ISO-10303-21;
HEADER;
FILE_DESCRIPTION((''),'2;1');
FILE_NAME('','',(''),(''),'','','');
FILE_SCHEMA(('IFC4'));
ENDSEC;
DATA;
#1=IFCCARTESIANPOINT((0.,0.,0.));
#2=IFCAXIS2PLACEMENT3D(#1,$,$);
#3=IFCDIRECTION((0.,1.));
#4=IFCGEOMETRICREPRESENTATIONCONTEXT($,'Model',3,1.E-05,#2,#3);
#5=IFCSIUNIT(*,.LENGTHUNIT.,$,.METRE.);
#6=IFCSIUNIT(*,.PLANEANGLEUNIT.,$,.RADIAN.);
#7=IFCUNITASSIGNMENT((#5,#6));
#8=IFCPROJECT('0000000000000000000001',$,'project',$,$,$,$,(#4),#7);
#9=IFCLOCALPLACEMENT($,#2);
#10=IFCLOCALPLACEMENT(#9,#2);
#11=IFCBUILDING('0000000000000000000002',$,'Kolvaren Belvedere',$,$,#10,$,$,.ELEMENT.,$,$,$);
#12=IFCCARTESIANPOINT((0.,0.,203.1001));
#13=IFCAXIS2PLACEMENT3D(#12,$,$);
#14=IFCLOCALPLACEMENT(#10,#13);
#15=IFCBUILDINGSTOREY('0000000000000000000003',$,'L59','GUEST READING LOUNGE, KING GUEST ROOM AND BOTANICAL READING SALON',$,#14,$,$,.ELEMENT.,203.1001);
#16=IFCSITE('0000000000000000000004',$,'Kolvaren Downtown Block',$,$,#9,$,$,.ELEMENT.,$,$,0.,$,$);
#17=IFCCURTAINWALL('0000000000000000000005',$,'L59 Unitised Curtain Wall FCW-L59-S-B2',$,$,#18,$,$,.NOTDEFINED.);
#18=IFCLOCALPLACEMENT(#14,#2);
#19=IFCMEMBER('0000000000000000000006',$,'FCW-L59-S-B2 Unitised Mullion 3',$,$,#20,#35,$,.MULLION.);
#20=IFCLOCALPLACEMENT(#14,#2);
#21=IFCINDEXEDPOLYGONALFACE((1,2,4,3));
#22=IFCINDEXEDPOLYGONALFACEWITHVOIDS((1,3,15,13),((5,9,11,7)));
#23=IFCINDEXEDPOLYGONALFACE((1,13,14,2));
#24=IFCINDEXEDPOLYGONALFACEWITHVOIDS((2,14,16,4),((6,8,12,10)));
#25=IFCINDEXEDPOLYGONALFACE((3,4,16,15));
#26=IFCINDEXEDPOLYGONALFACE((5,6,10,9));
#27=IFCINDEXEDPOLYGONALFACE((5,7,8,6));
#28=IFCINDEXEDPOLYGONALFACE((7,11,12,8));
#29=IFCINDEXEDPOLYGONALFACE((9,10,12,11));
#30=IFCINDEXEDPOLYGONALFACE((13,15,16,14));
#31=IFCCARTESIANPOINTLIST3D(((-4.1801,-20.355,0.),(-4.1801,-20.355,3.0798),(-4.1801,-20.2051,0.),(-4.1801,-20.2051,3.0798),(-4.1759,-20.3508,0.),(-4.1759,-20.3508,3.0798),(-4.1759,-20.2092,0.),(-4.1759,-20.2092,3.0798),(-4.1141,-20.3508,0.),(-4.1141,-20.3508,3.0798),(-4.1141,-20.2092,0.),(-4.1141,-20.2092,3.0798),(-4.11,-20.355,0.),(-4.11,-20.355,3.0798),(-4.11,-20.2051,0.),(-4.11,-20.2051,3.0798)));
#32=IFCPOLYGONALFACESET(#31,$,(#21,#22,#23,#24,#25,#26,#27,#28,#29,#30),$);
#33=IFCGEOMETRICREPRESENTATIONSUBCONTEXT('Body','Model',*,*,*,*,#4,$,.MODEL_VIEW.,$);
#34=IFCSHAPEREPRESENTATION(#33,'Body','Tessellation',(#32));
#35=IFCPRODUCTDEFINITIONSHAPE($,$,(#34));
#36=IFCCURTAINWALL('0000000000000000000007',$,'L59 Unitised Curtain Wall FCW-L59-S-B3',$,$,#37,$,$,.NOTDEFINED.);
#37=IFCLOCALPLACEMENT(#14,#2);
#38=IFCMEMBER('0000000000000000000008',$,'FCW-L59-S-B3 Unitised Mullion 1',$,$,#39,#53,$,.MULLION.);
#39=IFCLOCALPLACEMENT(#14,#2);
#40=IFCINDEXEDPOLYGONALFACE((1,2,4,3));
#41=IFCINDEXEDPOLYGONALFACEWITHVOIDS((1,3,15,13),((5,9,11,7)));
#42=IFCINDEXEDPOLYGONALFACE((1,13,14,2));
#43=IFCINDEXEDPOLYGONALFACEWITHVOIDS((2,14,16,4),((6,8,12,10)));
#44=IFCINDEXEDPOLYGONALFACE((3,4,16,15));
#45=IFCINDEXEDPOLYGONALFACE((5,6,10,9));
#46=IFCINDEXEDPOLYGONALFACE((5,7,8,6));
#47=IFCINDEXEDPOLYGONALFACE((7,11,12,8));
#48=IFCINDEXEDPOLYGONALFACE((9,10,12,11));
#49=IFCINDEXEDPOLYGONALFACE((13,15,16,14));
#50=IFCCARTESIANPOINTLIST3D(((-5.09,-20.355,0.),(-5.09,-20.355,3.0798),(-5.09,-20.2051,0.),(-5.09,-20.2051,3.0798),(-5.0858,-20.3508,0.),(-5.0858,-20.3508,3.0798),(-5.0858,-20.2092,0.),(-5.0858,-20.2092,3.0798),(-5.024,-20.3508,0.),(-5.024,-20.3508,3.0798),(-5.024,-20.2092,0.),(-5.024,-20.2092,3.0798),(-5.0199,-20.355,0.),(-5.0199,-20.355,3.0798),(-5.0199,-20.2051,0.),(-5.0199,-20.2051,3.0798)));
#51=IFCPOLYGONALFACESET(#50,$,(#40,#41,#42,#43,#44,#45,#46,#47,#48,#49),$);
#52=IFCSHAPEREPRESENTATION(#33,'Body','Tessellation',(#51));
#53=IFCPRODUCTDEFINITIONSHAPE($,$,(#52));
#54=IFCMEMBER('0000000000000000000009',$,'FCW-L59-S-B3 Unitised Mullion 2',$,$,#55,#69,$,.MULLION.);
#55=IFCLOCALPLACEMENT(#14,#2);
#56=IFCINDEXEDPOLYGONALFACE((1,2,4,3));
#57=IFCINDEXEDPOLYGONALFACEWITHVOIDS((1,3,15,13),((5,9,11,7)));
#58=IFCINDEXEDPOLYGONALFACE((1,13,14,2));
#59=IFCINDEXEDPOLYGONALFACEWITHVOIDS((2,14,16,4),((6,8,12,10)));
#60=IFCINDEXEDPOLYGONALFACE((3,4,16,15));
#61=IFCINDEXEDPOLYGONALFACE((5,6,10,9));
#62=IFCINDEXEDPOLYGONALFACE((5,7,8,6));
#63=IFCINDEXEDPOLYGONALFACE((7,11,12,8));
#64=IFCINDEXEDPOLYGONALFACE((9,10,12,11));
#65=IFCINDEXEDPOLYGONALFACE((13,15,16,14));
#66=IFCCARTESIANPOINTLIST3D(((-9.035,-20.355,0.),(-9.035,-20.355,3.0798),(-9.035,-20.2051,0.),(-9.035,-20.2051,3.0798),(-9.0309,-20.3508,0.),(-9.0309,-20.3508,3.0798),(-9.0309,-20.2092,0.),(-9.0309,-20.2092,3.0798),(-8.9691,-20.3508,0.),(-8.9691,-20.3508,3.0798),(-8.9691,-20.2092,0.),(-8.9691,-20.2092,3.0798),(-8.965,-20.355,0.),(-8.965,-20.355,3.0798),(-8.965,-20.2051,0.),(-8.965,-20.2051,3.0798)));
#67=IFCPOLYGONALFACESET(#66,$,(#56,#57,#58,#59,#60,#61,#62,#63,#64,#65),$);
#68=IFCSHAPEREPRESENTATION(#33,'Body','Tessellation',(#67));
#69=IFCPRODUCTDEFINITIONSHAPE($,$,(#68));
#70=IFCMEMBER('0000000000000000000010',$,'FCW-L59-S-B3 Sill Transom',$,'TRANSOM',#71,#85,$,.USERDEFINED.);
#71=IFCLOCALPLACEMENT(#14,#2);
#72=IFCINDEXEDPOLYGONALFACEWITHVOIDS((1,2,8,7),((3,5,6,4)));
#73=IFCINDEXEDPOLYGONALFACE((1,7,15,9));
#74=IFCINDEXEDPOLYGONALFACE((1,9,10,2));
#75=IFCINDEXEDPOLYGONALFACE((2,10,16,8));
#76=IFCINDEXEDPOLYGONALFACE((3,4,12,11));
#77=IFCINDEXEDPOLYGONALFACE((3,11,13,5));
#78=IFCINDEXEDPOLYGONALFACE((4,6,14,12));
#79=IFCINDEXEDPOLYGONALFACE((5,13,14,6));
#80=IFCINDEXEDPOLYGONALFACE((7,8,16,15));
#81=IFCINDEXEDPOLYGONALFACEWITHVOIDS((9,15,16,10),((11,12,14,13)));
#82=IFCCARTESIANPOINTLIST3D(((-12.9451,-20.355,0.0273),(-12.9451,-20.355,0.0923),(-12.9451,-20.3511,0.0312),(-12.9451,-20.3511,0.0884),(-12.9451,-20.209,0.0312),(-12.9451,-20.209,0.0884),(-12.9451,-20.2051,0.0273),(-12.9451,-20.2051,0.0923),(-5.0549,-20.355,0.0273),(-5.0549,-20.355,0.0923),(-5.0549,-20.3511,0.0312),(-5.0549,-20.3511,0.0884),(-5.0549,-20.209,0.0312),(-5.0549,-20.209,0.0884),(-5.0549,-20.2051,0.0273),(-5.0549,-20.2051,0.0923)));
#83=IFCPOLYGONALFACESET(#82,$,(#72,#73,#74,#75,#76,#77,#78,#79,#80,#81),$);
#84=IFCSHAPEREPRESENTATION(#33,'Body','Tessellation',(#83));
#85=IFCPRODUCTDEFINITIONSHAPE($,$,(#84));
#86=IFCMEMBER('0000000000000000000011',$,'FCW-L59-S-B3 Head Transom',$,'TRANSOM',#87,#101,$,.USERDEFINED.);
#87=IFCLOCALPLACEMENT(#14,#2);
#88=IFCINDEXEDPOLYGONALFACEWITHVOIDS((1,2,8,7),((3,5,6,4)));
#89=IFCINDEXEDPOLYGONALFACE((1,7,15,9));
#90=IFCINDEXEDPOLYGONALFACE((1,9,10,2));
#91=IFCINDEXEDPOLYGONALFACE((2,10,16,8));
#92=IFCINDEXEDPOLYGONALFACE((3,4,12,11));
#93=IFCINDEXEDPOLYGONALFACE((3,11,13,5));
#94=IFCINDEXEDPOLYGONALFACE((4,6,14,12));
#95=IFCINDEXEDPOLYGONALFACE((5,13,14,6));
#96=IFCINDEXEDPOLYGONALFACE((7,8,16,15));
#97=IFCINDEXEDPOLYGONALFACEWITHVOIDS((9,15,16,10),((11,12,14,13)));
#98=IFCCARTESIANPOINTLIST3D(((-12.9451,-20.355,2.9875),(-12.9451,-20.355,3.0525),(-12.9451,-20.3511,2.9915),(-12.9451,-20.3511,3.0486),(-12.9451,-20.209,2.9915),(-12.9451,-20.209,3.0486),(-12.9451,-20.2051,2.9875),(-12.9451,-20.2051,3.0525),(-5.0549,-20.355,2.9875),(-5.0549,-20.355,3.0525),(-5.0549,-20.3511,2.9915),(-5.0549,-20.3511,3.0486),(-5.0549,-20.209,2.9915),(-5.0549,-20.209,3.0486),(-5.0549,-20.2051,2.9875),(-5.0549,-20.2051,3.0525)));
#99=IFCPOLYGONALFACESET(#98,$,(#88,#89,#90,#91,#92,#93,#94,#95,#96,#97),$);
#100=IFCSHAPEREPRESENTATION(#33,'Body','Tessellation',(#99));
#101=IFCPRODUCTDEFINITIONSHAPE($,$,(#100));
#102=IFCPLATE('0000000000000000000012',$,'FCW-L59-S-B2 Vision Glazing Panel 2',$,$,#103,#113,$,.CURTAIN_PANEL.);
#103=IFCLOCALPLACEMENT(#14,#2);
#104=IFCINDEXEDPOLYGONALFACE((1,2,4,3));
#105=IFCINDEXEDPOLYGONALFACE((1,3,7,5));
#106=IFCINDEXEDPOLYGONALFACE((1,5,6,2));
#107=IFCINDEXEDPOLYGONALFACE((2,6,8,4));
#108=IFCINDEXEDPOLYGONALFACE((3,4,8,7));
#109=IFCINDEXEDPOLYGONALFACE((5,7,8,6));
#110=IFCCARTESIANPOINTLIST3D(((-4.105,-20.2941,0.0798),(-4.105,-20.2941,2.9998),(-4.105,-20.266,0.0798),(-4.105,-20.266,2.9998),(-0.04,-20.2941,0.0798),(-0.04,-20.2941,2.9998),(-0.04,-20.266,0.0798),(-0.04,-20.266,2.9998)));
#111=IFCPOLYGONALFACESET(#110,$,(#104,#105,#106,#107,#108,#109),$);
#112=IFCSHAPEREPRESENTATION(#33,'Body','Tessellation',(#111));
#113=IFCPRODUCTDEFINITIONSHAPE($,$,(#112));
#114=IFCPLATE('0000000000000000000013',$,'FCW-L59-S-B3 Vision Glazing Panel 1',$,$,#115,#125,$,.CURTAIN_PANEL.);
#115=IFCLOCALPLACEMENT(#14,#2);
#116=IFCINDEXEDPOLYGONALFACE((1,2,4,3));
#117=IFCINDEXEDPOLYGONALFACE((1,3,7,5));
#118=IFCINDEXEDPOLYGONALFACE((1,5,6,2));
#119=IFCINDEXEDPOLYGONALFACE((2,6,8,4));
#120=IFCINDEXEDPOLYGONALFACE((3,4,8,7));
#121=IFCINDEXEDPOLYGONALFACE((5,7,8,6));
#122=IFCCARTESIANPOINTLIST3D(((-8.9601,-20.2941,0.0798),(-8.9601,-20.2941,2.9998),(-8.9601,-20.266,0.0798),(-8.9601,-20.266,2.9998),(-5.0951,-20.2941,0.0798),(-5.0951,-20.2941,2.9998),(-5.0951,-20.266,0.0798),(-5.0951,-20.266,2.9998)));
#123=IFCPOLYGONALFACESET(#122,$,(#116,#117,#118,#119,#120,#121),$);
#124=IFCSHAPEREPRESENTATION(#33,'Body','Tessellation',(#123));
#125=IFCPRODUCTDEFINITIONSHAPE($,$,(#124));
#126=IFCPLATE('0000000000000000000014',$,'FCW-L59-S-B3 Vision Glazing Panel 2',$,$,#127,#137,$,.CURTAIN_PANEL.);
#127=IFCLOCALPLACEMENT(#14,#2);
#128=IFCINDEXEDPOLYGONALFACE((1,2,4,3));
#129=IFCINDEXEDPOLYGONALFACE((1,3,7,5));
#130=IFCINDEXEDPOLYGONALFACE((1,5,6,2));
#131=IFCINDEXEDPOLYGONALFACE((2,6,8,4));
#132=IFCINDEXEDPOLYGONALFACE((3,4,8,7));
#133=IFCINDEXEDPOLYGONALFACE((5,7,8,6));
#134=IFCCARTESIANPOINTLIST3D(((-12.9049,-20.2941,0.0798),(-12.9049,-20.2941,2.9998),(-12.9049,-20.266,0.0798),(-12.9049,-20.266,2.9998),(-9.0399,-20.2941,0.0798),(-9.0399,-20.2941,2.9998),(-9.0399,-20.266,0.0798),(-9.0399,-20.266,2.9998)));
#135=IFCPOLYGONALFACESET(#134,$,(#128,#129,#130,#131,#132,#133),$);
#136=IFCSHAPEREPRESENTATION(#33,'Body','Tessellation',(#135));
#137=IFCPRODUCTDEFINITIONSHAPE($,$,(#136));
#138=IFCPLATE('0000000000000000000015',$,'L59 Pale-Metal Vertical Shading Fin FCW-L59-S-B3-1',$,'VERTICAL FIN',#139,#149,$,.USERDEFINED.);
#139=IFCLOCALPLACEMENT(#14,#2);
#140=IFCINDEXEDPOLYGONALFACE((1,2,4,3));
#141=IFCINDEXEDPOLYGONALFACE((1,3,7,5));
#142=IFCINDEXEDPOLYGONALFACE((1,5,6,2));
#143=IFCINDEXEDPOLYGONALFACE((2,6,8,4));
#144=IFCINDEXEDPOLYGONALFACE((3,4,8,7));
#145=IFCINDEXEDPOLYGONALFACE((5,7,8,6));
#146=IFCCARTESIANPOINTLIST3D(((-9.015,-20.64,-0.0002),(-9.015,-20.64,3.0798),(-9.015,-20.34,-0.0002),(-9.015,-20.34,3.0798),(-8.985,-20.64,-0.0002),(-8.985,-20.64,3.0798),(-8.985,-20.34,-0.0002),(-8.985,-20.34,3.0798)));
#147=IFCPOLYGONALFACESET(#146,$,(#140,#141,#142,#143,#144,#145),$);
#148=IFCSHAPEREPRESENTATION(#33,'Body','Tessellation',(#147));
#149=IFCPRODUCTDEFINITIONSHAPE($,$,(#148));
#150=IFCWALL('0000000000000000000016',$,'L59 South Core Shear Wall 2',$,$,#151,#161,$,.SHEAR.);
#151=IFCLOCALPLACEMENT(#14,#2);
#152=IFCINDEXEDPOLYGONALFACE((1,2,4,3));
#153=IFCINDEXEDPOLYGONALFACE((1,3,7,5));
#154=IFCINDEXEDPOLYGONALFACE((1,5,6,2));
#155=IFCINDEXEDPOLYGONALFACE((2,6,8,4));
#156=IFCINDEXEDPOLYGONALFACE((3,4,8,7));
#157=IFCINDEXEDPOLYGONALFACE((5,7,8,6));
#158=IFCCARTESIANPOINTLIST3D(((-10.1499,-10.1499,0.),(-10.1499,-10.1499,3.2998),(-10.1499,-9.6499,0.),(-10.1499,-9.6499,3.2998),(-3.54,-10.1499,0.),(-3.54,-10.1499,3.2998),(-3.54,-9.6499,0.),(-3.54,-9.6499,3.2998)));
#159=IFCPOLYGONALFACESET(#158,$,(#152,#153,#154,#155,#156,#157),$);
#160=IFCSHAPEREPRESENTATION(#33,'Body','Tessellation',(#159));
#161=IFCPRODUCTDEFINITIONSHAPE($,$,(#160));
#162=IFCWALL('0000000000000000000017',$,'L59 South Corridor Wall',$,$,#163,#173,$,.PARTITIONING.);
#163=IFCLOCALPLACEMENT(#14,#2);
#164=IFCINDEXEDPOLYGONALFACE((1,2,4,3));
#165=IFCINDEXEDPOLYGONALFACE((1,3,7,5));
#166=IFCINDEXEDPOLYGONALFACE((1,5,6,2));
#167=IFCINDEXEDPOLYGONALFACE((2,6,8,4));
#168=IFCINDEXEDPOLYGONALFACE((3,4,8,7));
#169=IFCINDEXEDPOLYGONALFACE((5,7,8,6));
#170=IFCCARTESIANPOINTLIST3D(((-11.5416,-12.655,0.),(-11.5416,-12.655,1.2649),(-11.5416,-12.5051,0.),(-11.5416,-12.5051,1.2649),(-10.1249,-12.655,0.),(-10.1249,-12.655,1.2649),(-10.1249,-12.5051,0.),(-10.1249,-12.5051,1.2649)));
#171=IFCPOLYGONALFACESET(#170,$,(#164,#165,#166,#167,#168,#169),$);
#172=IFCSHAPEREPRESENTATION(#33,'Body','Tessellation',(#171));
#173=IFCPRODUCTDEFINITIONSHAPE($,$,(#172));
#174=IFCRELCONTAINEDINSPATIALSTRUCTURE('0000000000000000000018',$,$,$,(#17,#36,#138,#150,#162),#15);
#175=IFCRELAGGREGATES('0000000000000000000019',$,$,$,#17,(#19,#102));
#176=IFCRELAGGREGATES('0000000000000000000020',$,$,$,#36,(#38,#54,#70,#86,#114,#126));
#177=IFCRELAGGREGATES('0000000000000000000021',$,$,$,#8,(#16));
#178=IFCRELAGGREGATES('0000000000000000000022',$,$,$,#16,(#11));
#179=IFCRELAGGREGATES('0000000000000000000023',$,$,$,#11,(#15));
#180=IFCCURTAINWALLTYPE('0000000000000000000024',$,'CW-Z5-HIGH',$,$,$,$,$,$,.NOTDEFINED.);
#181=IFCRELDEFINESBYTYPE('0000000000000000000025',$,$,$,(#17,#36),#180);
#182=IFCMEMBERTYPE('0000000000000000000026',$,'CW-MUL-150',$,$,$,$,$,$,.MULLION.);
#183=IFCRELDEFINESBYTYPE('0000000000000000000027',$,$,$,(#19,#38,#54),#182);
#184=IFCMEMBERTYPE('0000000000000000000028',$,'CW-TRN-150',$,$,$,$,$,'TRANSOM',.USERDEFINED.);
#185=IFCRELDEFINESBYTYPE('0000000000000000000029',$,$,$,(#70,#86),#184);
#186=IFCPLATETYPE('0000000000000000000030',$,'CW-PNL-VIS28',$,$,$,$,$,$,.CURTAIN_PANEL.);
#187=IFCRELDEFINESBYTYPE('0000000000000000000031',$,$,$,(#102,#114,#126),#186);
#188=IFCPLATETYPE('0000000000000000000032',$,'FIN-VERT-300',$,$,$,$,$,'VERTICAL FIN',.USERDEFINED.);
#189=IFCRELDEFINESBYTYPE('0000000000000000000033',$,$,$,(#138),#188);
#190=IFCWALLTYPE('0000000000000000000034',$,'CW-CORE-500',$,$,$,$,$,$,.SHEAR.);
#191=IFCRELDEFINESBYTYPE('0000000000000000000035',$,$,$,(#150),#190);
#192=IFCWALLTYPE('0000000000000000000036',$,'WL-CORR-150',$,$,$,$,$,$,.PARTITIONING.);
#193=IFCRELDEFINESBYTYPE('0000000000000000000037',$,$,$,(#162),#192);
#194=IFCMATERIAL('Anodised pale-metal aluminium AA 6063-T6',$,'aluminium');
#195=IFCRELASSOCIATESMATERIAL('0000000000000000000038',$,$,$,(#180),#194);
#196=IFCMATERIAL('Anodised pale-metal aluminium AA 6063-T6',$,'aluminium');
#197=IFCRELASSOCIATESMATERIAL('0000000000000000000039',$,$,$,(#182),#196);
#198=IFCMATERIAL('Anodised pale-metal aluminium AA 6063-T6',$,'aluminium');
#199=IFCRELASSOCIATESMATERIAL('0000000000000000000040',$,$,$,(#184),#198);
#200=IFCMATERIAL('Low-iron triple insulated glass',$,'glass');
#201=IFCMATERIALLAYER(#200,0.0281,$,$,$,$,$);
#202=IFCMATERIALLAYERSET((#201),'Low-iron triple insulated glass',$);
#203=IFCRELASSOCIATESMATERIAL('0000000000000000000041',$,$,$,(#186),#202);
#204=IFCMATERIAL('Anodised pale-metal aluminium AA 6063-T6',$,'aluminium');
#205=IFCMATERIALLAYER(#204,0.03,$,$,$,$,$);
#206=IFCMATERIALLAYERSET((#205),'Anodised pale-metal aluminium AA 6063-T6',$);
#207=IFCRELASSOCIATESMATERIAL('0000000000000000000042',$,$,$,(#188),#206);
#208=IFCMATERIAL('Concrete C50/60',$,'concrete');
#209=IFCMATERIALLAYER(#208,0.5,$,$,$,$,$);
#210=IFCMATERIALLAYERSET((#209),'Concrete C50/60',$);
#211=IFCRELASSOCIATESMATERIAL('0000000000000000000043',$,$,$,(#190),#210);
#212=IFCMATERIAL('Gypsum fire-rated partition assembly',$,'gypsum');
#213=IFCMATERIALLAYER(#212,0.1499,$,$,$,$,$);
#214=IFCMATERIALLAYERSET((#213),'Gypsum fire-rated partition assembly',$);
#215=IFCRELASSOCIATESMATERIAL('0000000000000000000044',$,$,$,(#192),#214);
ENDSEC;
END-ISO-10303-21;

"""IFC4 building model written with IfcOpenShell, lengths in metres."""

from ifc_helpers import new_model, si_unit, direction, frame, frame_2d, origin, origin_2d, place, context, subcontext, project, spatial, rectangle, hollow_rectangle, extrude, material, layer, layer_set, material_profile, profile_set, type_object, element, aggregate, save


model = new_model("IFC4")

# Units and contexts
model_context = context("Model", 3, precision=1e-05, world=origin(), true_north=direction((0.0, 1.0)))
body_context = subcontext(model_context, "Body", "Model", "MODEL_VIEW")
ifc_project = project(units=[si_unit("LENGTHUNIT", "METRE"), si_unit("PLANEANGLEUNIT", "RADIAN")], contexts=[model_context])

# Site, building, storey
site_placement = place(None, origin())
site = spatial("IfcSite", under=ifc_project, at=site_placement, Name="Kolvaren Downtown Block", CompositionType="ELEMENT", RefElevation=0.0)
building_placement = place(site_placement, origin())
building = spatial("IfcBuilding", under=site, at=building_placement, Name="Kolvaren Belvedere", CompositionType="ELEMENT")
storey_placement = place(building_placement, frame((0.0, 0.0, 203.1001)))
storey = spatial("IfcBuildingStorey", under=building, at=storey_placement, Name="L59", Description="GUEST READING LOUNGE, KING GUEST ROOM AND BOTANICAL READING SALON", CompositionType="ELEMENT", Elevation=203.1001)

# Curtain wall, member
ifc_material_1 = material(Name="Anodised pale-metal aluminium AA 6063-T6", Category="aluminium")
curtain_wall_type = type_object("IfcCurtainWallType", Name="CW-Z5-HIGH", PredefinedType="NOTDEFINED", material=ifc_material_1)
curtain_wall_1_placement = place(storey_placement, origin())
curtain_wall_1 = element("IfcCurtainWall", 1, at=curtain_wall_1_placement, inside=storey, type_object=curtain_wall_type, Name="L59 Unitised Curtain Wall FCW-L59-S-B2", PredefinedType="NOTDEFINED")
ifc_material_2 = material(Name="Anodised pale-metal aluminium AA 6063-T6", Category="aluminium")
ifc_material_profile_1 = material_profile(ifc_material_2, hollow_rectangle(XDim=0.0701, YDim=0.1499, WallThickness=0.0042, at=origin_2d()), Name="ALU-MUL-150X70")
ifc_profile_set_1 = profile_set([ifc_material_profile_1], Name="Anodised pale-metal aluminium AA 6063-T6")
member_type_1 = type_object("IfcMemberType", Name="CW-MUL-150", PredefinedType="MULLION", material=ifc_profile_set_1)
member_1_placement = place(storey_placement, frame((-4.145, -20.28, 0.0), z_axis=(0.0, 0.0, 1.0), x_axis=(1.0, 0.0, 0.0)))
member_1 = element("IfcMember", 2, at=member_1_placement, type_object=member_type_1, Name="FCW-L59-S-B2 Unitised Mullion 3", PredefinedType="MULLION", context=body_context, shape_type="SweptSolid", body=[
    extrude(hollow_rectangle(XDim=0.0701, YDim=0.1499, WallThickness=0.0042, at=origin_2d()), origin(), (0.0, 0.0, 1.0), 3.0798),
])

# Curtain wall, members
curtain_wall_2_placement = place(storey_placement, origin())
curtain_wall_2 = element("IfcCurtainWall", 3, at=curtain_wall_2_placement, inside=storey, type_object=curtain_wall_type, Name="L59 Unitised Curtain Wall FCW-L59-S-B3", PredefinedType="NOTDEFINED")
member_2_placement = place(storey_placement, frame((-5.0549, -20.28, 0.0), z_axis=(0.0, 0.0, 1.0), x_axis=(1.0, 0.0, 0.0)))
member_2 = element("IfcMember", 4, at=member_2_placement, type_object=member_type_1, Name="FCW-L59-S-B3 Unitised Mullion 1", PredefinedType="MULLION", context=body_context, shape_type="SweptSolid", body=[
    extrude(hollow_rectangle(XDim=0.0701, YDim=0.1499, WallThickness=0.0042, at=origin_2d()), origin(), (0.0, 0.0, 1.0), 3.0798),
])
member_3_placement = place(storey_placement, frame((-9.0, -20.28, 0.0), z_axis=(0.0, 0.0, 1.0), x_axis=(1.0, 0.0, 0.0)))
member_3 = element("IfcMember", 5, at=member_3_placement, type_object=member_type_1, Name="FCW-L59-S-B3 Unitised Mullion 2", PredefinedType="MULLION", context=body_context, shape_type="SweptSolid", body=[
    extrude(hollow_rectangle(XDim=0.0701, YDim=0.1499, WallThickness=0.0042, at=origin_2d()), origin(), (0.0, 0.0, 1.0), 3.0798),
])
ifc_material_3 = material(Name="Anodised pale-metal aluminium AA 6063-T6", Category="aluminium")
ifc_material_profile_2 = material_profile(ifc_material_3, hollow_rectangle(XDim=0.0649, YDim=0.1499, WallThickness=0.0039, at=origin_2d()), Name="ALU-TRN-150X65")
ifc_profile_set_2 = profile_set([ifc_material_profile_2], Name="Anodised pale-metal aluminium AA 6063-T6")
member_type_2 = type_object("IfcMemberType", Name="CW-TRN-150", ElementType="TRANSOM", PredefinedType="USERDEFINED", material=ifc_profile_set_2)
member_4_placement = place(storey_placement, frame((-5.0549, -20.28, 0.0598), z_axis=(-1.0, 0.0, 0.0), x_axis=(0.0, 0.0, 1.0)))
member_4 = element("IfcMember", 6, at=member_4_placement, type_object=member_type_2, Name="FCW-L59-S-B3 Sill Transom", ObjectType="TRANSOM", PredefinedType="USERDEFINED", context=body_context, shape_type="SweptSolid", body=[
    extrude(hollow_rectangle(XDim=0.0649, YDim=0.1499, WallThickness=0.0039, at=origin_2d()), origin(), (0.0, 0.0, 1.0), 7.8901),
])
member_5_placement = place(storey_placement, frame((-5.0549, -20.28, 3.02), z_axis=(-1.0, 0.0, 0.0), x_axis=(0.0, 0.0, 1.0)))
member_5 = element("IfcMember", 7, at=member_5_placement, type_object=member_type_2, Name="FCW-L59-S-B3 Head Transom", ObjectType="TRANSOM", PredefinedType="USERDEFINED", context=body_context, shape_type="SweptSolid", body=[
    extrude(hollow_rectangle(XDim=0.0649, YDim=0.1499, WallThickness=0.0039, at=origin_2d()), origin(), (0.0, 0.0, 1.0), 7.8901),
])

# Plates
ifc_material_4 = material(Name="Low-iron triple insulated glass", Category="glass")
ifc_layer_1 = layer(ifc_material_4, 0.0281)
ifc_layer_set_1 = layer_set([ifc_layer_1], Name="Low-iron triple insulated glass")
plate_type_1 = type_object("IfcPlateType", Name="CW-PNL-VIS28", PredefinedType="CURTAIN_PANEL", material=ifc_layer_set_1)
plate_1_placement = place(storey_placement, frame((-2.0725, -20.28, 0.0798), z_axis=(0.0, 0.0, 1.0), x_axis=(-1.0, 0.0, 0.0)))
plate_1 = element("IfcPlate", 8, at=plate_1_placement, type_object=plate_type_1, Name="FCW-L59-S-B2 Vision Glazing Panel 2", PredefinedType="CURTAIN_PANEL", context=body_context, shape_type="SweptSolid", body=[
    extrude(rectangle(XDim=4.0649, YDim=0.0281, at=origin_2d()), origin(), (0.0, 0.0, 1.0), 2.9199),
])
aggregate(curtain_wall_1, [member_1, plate_1])
plate_2_placement = place(storey_placement, frame((-7.0276, -20.28, 0.0798), z_axis=(0.0, 0.0, 1.0), x_axis=(-1.0, 0.0, 0.0)))
plate_2 = element("IfcPlate", 9, at=plate_2_placement, type_object=plate_type_1, Name="FCW-L59-S-B3 Vision Glazing Panel 1", PredefinedType="CURTAIN_PANEL", context=body_context, shape_type="SweptSolid", body=[
    extrude(rectangle(XDim=3.865, YDim=0.0281, at=origin_2d()), origin(), (0.0, 0.0, 1.0), 2.9199),
])
plate_3_placement = place(storey_placement, frame((-10.9724, -20.28, 0.0798), z_axis=(0.0, 0.0, 1.0), x_axis=(-1.0, 0.0, 0.0)))
plate_3 = element("IfcPlate", 10, at=plate_3_placement, type_object=plate_type_1, Name="FCW-L59-S-B3 Vision Glazing Panel 2", PredefinedType="CURTAIN_PANEL", context=body_context, shape_type="SweptSolid", body=[
    extrude(rectangle(XDim=3.865, YDim=0.0281, at=origin_2d()), origin(), (0.0, 0.0, 1.0), 2.9199),
])
aggregate(curtain_wall_2, [member_2, member_3, member_4, member_5, plate_2, plate_3])
ifc_material_5 = material(Name="Anodised pale-metal aluminium AA 6063-T6", Category="aluminium")
ifc_layer_2 = layer(ifc_material_5, 0.03)
ifc_layer_set_2 = layer_set([ifc_layer_2], Name="Anodised pale-metal aluminium AA 6063-T6")
plate_type_2 = type_object("IfcPlateType", Name="FIN-VERT-300", ElementType="VERTICAL FIN", PredefinedType="USERDEFINED", material=ifc_layer_set_2)
plate_4_placement = place(storey_placement, frame((-9.0, -20.49, -0.0002), z_axis=(0.0, 0.0, 1.0), x_axis=(0.0, 1.0, 0.0)))
element("IfcPlate", 11, at=plate_4_placement, inside=storey, type_object=plate_type_2, Name="L59 Pale-Metal Vertical Shading Fin FCW-L59-S-B3-1", ObjectType="VERTICAL FIN", PredefinedType="USERDEFINED", context=body_context, shape_type="SweptSolid", body=[
    extrude(rectangle(XDim=0.3, YDim=0.03, at=origin_2d()), origin(), (0.0, 0.0, 1.0), 3.0801),
])

# Walls
ifc_material_6 = material(Name="Concrete C50/60", Category="concrete")
ifc_layer_3 = layer(ifc_material_6, 0.5)
ifc_layer_set_3 = layer_set([ifc_layer_3], Name="Concrete C50/60")
wall_type_1 = type_object("IfcWallType", Name="CW-CORE-500", PredefinedType="SHEAR", material=ifc_layer_set_3)
wall_1_placement = place(storey_placement, frame((-3.54, -9.8999, 0.0), z_axis=(0.0, 0.0, 1.0), x_axis=(-1.0, 0.0, 0.0)))
element("IfcWall", 12, at=wall_1_placement, inside=storey, type_object=wall_type_1, Name="L59 South Core Shear Wall 2", PredefinedType="SHEAR", context=body_context, shape_type="SweptSolid", body=[
    extrude(rectangle(XDim=6.6099, YDim=0.5, at=frame_2d((3.3049, 0.0))), origin(), (0.0, 0.0, 1.0), 3.2998),
])
ifc_material_7 = material(Name="Gypsum fire-rated partition assembly", Category="gypsum")
ifc_layer_4 = layer(ifc_material_7, 0.1499)
ifc_layer_set_4 = layer_set([ifc_layer_4], Name="Gypsum fire-rated partition assembly")
wall_type_2 = type_object("IfcWallType", Name="WL-CORR-150", PredefinedType="PARTITIONING", material=ifc_layer_set_4)
wall_2_placement = place(storey_placement, frame((-11.5417, -12.5801, 0.0), z_axis=(0.0, 0.0, 1.0), x_axis=(1.0, 0.0, 0.0)))
element("IfcWall", 13, at=wall_2_placement, inside=storey, type_object=wall_type_2, Name="L59 South Corridor Wall", PredefinedType="PARTITIONING", context=body_context, shape_type="SweptSolid", body=[
    extrude(rectangle(XDim=1.4167, YDim=0.1499, at=frame_2d((0.7085, 0.0))), origin(), (0.0, 0.0, 1.0), 1.2649),
])

save(model, "model.ifc")
